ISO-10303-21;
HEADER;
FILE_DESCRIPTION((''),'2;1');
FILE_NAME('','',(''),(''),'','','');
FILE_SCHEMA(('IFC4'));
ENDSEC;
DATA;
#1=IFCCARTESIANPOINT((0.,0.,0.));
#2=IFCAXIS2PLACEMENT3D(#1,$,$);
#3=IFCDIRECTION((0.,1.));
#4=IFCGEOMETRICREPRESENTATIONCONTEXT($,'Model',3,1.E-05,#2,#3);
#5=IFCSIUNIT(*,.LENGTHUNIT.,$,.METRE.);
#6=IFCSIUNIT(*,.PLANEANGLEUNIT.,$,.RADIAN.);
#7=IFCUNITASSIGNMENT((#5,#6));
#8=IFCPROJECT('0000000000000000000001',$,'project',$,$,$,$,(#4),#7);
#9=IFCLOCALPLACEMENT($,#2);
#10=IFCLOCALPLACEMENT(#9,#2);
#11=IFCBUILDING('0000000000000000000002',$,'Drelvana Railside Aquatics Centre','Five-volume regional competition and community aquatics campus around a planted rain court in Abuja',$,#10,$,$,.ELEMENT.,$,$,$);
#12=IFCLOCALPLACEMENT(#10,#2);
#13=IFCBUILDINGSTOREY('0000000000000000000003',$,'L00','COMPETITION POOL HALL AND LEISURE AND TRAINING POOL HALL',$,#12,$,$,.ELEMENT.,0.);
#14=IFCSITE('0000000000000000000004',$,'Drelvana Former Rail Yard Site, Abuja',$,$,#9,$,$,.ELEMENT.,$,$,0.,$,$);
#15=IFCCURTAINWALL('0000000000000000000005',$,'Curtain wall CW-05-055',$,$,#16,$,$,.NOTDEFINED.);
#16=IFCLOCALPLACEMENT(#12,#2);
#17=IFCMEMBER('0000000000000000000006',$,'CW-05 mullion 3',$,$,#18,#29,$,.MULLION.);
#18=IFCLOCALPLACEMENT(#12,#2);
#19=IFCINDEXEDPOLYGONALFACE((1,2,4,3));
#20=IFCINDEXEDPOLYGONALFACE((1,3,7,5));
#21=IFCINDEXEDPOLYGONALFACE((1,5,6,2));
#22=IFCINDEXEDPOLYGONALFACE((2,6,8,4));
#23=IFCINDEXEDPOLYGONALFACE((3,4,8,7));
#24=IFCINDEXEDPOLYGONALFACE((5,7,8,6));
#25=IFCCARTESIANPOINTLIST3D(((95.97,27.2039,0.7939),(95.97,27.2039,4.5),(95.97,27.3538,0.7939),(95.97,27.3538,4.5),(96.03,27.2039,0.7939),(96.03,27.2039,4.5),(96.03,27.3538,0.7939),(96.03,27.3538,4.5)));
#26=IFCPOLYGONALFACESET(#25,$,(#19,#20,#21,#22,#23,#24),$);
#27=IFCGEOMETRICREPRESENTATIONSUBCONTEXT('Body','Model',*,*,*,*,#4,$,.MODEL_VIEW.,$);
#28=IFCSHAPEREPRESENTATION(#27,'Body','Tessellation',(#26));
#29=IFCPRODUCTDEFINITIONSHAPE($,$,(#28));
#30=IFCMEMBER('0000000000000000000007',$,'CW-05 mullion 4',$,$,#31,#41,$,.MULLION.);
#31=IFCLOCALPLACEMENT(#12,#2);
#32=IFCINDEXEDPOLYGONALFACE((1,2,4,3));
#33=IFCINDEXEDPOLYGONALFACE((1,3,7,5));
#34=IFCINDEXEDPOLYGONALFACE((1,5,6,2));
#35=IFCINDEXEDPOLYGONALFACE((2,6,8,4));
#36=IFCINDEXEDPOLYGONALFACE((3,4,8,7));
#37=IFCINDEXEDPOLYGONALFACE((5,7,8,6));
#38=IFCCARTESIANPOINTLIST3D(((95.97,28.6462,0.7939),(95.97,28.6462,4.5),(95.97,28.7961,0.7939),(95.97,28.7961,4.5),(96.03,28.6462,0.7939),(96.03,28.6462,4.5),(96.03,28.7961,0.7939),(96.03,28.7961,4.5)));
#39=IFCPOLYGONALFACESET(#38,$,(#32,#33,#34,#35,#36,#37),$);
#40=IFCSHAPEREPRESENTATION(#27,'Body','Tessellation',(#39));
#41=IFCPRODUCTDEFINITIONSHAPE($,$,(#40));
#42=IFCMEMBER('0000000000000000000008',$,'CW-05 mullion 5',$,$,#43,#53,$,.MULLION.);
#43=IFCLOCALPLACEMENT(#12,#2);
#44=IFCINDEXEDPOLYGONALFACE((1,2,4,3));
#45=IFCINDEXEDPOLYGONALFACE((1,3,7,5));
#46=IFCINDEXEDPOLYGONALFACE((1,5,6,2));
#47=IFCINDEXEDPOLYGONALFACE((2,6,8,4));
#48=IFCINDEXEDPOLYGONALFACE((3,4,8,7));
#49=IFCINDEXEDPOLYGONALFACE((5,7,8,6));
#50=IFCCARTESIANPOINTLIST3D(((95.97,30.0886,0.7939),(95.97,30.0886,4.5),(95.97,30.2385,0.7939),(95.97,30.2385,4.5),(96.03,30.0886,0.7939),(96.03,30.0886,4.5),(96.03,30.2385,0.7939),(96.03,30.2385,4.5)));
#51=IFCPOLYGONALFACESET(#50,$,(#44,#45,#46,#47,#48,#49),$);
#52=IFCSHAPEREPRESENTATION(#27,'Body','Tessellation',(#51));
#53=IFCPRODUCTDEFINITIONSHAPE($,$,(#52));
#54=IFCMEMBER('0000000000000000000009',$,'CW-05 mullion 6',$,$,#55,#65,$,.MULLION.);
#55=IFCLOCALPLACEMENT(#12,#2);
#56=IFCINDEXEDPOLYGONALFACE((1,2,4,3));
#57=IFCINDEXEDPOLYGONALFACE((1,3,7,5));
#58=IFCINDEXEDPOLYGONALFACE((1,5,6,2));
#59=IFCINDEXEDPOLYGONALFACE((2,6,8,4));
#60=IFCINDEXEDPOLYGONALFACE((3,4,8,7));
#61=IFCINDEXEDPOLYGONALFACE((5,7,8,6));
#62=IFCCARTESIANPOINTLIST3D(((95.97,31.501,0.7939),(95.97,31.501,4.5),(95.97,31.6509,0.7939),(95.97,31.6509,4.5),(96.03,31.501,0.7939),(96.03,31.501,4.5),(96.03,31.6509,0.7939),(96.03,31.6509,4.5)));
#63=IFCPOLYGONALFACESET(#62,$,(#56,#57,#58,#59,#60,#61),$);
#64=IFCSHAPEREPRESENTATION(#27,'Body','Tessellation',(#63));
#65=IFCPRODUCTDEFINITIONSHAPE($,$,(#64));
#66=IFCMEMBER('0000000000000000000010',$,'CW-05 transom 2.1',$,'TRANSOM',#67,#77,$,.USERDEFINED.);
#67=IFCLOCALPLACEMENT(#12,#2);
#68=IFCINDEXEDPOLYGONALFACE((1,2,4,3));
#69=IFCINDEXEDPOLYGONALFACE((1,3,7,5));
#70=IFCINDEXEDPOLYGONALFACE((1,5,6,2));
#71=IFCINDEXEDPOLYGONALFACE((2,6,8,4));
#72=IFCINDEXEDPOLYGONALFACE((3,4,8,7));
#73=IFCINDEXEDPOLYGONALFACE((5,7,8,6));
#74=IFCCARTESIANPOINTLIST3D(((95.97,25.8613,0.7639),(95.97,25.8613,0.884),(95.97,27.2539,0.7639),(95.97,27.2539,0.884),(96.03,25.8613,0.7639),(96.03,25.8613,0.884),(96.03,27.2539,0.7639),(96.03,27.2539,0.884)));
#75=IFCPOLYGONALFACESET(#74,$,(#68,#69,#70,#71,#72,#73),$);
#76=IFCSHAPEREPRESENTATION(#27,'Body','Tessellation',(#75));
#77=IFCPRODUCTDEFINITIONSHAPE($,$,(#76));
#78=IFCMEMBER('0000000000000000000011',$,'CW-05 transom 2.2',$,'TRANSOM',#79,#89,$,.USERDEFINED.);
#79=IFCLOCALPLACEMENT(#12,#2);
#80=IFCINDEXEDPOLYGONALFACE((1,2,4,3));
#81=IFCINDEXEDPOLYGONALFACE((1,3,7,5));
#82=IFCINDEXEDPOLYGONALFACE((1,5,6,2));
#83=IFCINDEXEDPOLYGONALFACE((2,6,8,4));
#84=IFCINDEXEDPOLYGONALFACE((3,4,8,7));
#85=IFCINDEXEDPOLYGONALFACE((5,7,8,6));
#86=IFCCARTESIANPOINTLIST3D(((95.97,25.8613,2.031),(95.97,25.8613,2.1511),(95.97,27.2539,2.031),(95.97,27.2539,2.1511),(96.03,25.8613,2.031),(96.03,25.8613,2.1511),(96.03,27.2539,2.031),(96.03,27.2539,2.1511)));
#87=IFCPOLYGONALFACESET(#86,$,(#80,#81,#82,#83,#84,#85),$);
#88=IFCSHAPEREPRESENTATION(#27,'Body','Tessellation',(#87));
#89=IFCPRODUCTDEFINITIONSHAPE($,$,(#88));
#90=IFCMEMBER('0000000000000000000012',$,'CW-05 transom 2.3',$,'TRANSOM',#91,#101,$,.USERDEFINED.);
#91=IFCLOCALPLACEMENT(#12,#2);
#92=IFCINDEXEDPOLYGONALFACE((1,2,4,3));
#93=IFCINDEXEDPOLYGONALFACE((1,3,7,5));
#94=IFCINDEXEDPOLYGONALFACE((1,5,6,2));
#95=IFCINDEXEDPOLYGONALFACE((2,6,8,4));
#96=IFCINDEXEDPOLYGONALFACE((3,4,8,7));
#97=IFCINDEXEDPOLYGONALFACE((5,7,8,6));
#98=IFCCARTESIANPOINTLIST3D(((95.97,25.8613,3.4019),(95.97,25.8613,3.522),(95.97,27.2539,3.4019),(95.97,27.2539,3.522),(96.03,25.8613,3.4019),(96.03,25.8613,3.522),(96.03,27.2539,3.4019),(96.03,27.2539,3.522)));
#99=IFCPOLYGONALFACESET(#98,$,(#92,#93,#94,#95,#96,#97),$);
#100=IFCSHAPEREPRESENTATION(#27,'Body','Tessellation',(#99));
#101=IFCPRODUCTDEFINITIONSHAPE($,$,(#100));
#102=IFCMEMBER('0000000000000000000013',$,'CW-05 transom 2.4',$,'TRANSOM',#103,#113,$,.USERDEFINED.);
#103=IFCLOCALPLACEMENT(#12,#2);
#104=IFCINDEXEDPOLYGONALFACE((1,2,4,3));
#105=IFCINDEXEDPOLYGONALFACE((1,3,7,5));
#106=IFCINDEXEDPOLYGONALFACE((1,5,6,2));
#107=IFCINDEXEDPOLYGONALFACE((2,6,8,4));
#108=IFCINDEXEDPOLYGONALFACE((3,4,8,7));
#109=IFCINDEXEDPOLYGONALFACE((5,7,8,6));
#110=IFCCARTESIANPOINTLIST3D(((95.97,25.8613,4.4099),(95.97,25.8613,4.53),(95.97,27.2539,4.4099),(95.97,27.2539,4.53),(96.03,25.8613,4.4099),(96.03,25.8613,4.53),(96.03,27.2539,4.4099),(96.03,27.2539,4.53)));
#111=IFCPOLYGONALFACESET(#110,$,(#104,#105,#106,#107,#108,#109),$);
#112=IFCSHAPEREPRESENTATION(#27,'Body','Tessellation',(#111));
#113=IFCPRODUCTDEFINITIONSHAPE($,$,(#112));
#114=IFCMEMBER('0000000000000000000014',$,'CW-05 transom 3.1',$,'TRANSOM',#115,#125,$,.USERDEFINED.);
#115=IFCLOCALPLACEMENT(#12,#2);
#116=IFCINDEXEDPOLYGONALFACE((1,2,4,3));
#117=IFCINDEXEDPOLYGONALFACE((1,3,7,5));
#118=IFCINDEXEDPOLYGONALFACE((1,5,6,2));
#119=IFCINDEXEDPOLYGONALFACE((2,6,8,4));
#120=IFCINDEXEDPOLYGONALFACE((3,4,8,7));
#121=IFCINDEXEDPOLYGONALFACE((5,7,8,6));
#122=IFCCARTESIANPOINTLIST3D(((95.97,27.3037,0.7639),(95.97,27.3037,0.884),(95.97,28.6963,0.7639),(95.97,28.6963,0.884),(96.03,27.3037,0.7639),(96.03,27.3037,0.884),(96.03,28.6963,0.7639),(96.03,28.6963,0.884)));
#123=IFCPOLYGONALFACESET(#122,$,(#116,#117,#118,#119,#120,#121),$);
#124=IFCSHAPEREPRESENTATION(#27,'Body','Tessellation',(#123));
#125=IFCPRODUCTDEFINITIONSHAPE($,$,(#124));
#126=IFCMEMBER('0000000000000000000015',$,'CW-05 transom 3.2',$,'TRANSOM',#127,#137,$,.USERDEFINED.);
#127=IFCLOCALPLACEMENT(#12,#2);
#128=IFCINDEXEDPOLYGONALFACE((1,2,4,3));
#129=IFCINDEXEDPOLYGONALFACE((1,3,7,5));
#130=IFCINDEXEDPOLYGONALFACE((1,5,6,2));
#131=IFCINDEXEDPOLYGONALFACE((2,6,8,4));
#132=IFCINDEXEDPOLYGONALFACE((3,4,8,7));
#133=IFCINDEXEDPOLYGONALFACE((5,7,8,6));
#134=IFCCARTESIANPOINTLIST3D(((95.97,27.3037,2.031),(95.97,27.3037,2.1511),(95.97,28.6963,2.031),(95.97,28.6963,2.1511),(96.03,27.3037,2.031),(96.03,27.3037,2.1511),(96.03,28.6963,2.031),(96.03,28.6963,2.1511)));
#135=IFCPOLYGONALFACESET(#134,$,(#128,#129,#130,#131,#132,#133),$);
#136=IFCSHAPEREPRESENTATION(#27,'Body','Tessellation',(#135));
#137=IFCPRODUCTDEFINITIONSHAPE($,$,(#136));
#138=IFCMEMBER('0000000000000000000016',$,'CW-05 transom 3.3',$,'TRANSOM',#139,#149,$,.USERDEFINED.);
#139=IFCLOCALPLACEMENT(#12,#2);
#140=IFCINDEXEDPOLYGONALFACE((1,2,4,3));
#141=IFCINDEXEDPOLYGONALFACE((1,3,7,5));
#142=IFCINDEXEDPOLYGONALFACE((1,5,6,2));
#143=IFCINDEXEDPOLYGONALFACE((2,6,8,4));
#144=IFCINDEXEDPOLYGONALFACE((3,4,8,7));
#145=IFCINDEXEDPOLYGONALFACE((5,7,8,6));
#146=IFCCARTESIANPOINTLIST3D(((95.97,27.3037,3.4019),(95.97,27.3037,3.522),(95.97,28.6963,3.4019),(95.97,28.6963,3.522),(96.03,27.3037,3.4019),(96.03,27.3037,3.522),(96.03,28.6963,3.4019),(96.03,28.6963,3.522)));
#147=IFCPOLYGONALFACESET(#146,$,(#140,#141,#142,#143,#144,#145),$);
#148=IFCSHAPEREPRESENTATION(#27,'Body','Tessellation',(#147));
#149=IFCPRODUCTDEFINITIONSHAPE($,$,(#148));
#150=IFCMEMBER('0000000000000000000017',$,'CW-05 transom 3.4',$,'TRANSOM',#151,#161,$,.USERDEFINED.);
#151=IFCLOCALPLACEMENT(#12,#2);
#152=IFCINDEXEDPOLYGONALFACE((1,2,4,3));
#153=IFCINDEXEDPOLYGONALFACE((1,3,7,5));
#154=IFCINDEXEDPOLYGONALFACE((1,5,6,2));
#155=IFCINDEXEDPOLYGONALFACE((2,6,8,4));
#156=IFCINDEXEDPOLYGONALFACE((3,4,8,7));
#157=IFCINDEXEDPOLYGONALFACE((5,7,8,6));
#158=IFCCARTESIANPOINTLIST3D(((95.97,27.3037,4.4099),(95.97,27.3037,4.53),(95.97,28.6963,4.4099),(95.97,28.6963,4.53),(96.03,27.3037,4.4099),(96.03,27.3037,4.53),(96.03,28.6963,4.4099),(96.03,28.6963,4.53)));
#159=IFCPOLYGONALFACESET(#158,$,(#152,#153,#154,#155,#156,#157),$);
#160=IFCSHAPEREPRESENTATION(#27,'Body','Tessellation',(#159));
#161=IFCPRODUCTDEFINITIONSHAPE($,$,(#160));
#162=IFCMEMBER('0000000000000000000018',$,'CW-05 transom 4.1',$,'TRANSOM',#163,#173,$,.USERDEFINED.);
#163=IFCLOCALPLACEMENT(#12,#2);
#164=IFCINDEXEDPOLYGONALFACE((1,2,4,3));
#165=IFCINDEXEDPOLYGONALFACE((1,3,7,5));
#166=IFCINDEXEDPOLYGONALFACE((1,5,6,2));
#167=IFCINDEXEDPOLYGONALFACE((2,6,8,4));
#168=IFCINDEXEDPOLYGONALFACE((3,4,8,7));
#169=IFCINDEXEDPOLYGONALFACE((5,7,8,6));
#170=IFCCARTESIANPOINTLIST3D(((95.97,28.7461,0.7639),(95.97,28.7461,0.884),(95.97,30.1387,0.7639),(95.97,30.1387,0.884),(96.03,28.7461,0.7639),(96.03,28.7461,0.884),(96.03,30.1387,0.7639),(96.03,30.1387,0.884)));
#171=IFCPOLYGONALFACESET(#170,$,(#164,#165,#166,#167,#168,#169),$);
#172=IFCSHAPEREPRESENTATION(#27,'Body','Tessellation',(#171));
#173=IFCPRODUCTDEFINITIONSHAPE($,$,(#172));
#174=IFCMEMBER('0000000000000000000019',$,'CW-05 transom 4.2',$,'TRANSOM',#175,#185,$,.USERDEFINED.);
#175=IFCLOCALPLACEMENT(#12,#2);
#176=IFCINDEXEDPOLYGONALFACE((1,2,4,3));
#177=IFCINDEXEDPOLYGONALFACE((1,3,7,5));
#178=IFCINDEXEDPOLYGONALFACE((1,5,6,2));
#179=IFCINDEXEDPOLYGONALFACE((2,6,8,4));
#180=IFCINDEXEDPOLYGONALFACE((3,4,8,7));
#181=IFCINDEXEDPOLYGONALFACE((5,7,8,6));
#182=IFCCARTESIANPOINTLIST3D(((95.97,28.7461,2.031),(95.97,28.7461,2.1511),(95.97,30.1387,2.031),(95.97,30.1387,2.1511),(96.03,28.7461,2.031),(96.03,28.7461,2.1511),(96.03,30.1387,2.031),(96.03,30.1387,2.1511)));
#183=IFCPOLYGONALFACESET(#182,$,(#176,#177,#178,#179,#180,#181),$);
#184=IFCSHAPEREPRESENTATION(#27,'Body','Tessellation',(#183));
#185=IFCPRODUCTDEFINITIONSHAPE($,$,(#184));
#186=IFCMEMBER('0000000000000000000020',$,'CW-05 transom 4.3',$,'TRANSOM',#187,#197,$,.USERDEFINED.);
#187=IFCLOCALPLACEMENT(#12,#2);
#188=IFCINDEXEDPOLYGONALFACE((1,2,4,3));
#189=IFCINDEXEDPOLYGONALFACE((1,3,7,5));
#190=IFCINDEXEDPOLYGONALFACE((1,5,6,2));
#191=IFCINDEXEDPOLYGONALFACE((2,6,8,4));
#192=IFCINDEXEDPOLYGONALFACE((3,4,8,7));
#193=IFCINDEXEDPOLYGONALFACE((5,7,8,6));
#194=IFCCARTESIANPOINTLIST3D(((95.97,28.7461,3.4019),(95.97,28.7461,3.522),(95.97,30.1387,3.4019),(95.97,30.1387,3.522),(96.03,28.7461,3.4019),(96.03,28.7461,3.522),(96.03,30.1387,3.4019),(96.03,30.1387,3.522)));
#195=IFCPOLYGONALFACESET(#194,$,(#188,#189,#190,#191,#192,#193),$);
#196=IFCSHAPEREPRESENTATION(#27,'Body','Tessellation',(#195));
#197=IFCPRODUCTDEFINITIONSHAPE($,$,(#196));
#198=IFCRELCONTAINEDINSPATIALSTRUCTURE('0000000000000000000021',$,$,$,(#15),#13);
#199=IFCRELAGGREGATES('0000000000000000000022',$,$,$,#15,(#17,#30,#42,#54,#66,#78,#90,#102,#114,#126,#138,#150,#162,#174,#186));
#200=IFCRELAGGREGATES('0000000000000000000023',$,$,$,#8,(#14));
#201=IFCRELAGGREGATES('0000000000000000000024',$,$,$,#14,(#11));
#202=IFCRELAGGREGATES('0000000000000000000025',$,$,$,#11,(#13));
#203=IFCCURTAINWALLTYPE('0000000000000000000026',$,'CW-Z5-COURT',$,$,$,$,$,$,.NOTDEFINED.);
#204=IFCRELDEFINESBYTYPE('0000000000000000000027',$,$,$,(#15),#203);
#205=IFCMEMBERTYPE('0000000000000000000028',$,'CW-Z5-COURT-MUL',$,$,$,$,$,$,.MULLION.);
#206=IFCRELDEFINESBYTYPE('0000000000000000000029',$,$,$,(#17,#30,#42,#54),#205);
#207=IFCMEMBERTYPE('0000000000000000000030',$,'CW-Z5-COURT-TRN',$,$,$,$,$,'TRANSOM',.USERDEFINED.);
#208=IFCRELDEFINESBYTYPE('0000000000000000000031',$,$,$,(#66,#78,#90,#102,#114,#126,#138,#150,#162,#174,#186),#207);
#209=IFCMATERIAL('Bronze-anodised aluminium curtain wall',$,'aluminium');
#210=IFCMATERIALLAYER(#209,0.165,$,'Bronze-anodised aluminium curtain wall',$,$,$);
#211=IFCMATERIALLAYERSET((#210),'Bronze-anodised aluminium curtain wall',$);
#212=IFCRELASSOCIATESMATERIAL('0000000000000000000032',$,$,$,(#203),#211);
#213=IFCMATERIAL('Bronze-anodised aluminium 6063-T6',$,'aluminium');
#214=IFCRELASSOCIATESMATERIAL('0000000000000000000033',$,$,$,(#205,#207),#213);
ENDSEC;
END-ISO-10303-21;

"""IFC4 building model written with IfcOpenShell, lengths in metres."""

from ifc_helpers import new_model, si_unit, direction, frame, origin, origin_2d, place, context, subcontext, project, spatial, rectangle, extrude, material, layer, layer_set, material_profile, profile_set, type_object, element, aggregate, save


model = new_model("IFC4")

# Units and contexts
model_context = context("Model", 3, precision=1e-05, world=origin(), true_north=direction((0.0, 1.0)))
body_context = subcontext(model_context, "Body", "Model", "MODEL_VIEW")
ifc_project = project(units=[si_unit("LENGTHUNIT", "METRE"), si_unit("PLANEANGLEUNIT", "RADIAN")], contexts=[model_context])

# Site, building, storey
site_placement = place(None, origin())
site = spatial("IfcSite", under=ifc_project, at=site_placement, Name="Drelvana Former Rail Yard Site, Abuja", CompositionType="ELEMENT", RefElevation=0.0)
building_placement = place(site_placement, origin())
building = spatial("IfcBuilding", under=site, at=building_placement, Name="Drelvana Railside Aquatics Centre", Description="Five-volume regional competition and community aquatics campus around a planted rain court in Abuja", CompositionType="ELEMENT")
storey_placement = place(building_placement, origin())
storey = spatial("IfcBuildingStorey", under=building, at=storey_placement, Name="L00", Description="COMPETITION POOL HALL AND LEISURE AND TRAINING POOL HALL", CompositionType="ELEMENT", Elevation=0.0)

# Curtain wall, members
ifc_material_1 = material(Name="Bronze-anodised aluminium curtain wall", Category="aluminium")
ifc_layer_1 = layer(ifc_material_1, 0.165, Name="Bronze-anodised aluminium curtain wall")
ifc_layer_set_1 = layer_set([ifc_layer_1], Name="Bronze-anodised aluminium curtain wall")
curtain_wall_type = type_object("IfcCurtainWallType", Name="CW-Z5-COURT", PredefinedType="NOTDEFINED", material=ifc_layer_set_1)
curtain_wall_placement = place(storey_placement, origin())
curtain_wall = element("IfcCurtainWall", 1, at=curtain_wall_placement, inside=storey, type_object=curtain_wall_type, Name="Curtain wall CW-05-055", PredefinedType="NOTDEFINED")
ifc_material_2 = material(Name="Bronze-anodised aluminium 6063-T6", Category="aluminium")
ifc_material_profile_1 = material_profile(ifc_material_2, rectangle(XDim=0.0601, YDim=0.1499, at=origin_2d()), Name="ALU-M 60x150")
ifc_profile_set_1 = profile_set([ifc_material_profile_1], Name="Bronze-anodised aluminium 6063-T6")
member_type_1 = type_object("IfcMemberType", Name="CW-Z5-COURT-MUL", PredefinedType="MULLION", material=ifc_profile_set_1)
member_1_placement = place(storey_placement, frame((96.0, 27.2788, 0.7939), z_axis=(0.0, 0.0, 1.0), x_axis=(-1.0, 0.0, 0.0)))
member_1 = element("IfcMember", 2, at=member_1_placement, type_object=member_type_1, Name="CW-05 mullion 3", PredefinedType="MULLION", context=body_context, shape_type="SweptSolid", body=[
    extrude(rectangle(XDim=0.0601, YDim=0.1499, at=origin_2d()), origin(), (0.0, 0.0, 1.0), 3.7061),
])
member_2_placement = place(storey_placement, frame((96.0, 28.7212, 0.7939), z_axis=(0.0, 0.0, 1.0), x_axis=(-1.0, 0.0, 0.0)))
member_2 = element("IfcMember", 3, at=member_2_placement, type_object=member_type_1, Name="CW-05 mullion 4", PredefinedType="MULLION", context=body_context, shape_type="SweptSolid", body=[
    extrude(rectangle(XDim=0.0601, YDim=0.1499, at=origin_2d()), origin(), (0.0, 0.0, 1.0), 3.7061),
])
member_3_placement = place(storey_placement, frame((96.0, 30.1636, 0.7939), z_axis=(0.0, 0.0, 1.0), x_axis=(-1.0, 0.0, 0.0)))
member_3 = element("IfcMember", 4, at=member_3_placement, type_object=member_type_1, Name="CW-05 mullion 5", PredefinedType="MULLION", context=body_context, shape_type="SweptSolid", body=[
    extrude(rectangle(XDim=0.0601, YDim=0.1499, at=origin_2d()), origin(), (0.0, 0.0, 1.0), 3.7061),
])
member_4_placement = place(storey_placement, frame((96.0, 31.5759, 0.7939), z_axis=(0.0, 0.0, 1.0), x_axis=(-1.0, 0.0, 0.0)))
member_4 = element("IfcMember", 5, at=member_4_placement, type_object=member_type_1, Name="CW-05 mullion 6", PredefinedType="MULLION", context=body_context, shape_type="SweptSolid", body=[
    extrude(rectangle(XDim=0.0601, YDim=0.1499, at=origin_2d()), origin(), (0.0, 0.0, 1.0), 3.7061),
])
ifc_material_profile_2 = material_profile(ifc_material_2, rectangle(XDim=0.1201, YDim=0.0601, at=origin_2d()), Name="ALU-T 60x120")
ifc_profile_set_2 = profile_set([ifc_material_profile_2], Name="Bronze-anodised aluminium 6063-T6")
member_type_2 = type_object("IfcMemberType", Name="CW-Z5-COURT-TRN", ElementType="TRANSOM", PredefinedType="USERDEFINED", material=ifc_profile_set_2)
member_5_placement = place(storey_placement, frame((96.0, 25.8613, 0.824), z_axis=(0.0, 1.0, 0.0), x_axis=(0.0, 0.0, 1.0)))
member_5 = element("IfcMember", 6, at=member_5_placement, type_object=member_type_2, Name="CW-05 transom 2.1", ObjectType="TRANSOM", PredefinedType="USERDEFINED", context=body_context, shape_type="SweptSolid", body=[
    extrude(rectangle(XDim=0.1201, YDim=0.0601, at=origin_2d()), origin(), (0.0, 0.0, 1.0), 1.3926),
])
member_6_placement = place(storey_placement, frame((96.0, 25.8613, 2.0911), z_axis=(0.0, 1.0, 0.0), x_axis=(0.0, 0.0, 1.0)))
member_6 = element("IfcMember", 7, at=member_6_placement, type_object=member_type_2, Name="CW-05 transom 2.2", ObjectType="TRANSOM", PredefinedType="USERDEFINED", context=body_context, shape_type="SweptSolid", body=[
    extrude(rectangle(XDim=0.1201, YDim=0.0601, at=origin_2d()), origin(), (0.0, 0.0, 1.0), 1.3926),
])
member_7_placement = place(storey_placement, frame((96.0, 25.8613, 3.4619), z_axis=(0.0, 1.0, 0.0), x_axis=(0.0, 0.0, 1.0)))
member_7 = element("IfcMember", 8, at=member_7_placement, type_object=member_type_2, Name="CW-05 transom 2.3", ObjectType="TRANSOM", PredefinedType="USERDEFINED", context=body_context, shape_type="SweptSolid", body=[
    extrude(rectangle(XDim=0.1201, YDim=0.0601, at=origin_2d()), origin(), (0.0, 0.0, 1.0), 1.3926),
])
member_8_placement = place(storey_placement, frame((96.0, 25.8613, 4.47), z_axis=(0.0, 1.0, 0.0), x_axis=(0.0, 0.0, 1.0)))
member_8 = element("IfcMember", 9, at=member_8_placement, type_object=member_type_2, Name="CW-05 transom 2.4", ObjectType="TRANSOM", PredefinedType="USERDEFINED", context=body_context, shape_type="SweptSolid", body=[
    extrude(rectangle(XDim=0.1201, YDim=0.0601, at=origin_2d()), origin(), (0.0, 0.0, 1.0), 1.3926),
])
member_9_placement = place(storey_placement, frame((96.0, 27.3037, 0.824), z_axis=(0.0, 1.0, 0.0), x_axis=(0.0, 0.0, 1.0)))
member_9 = element("IfcMember", 10, at=member_9_placement, type_object=member_type_2, Name="CW-05 transom 3.1", ObjectType="TRANSOM", PredefinedType="USERDEFINED", context=body_context, shape_type="SweptSolid", body=[
    extrude(rectangle(XDim=0.1201, YDim=0.0601, at=origin_2d()), origin(), (0.0, 0.0, 1.0), 1.3926),
])
member_10_placement = place(storey_placement, frame((96.0, 27.3037, 2.0911), z_axis=(0.0, 1.0, 0.0), x_axis=(0.0, 0.0, 1.0)))
member_10 = element("IfcMember", 11, at=member_10_placement, type_object=member_type_2, Name="CW-05 transom 3.2", ObjectType="TRANSOM", PredefinedType="USERDEFINED", context=body_context, shape_type="SweptSolid", body=[
    extrude(rectangle(XDim=0.1201, YDim=0.0601, at=origin_2d()), origin(), (0.0, 0.0, 1.0), 1.3926),
])
member_11_placement = place(storey_placement, frame((96.0, 27.3037, 3.4619), z_axis=(0.0, 1.0, 0.0), x_axis=(0.0, 0.0, 1.0)))
member_11 = element("IfcMember", 12, at=member_11_placement, type_object=member_type_2, Name="CW-05 transom 3.3", ObjectType="TRANSOM", PredefinedType="USERDEFINED", context=body_context, shape_type="SweptSolid", body=[
    extrude(rectangle(XDim=0.1201, YDim=0.0601, at=origin_2d()), origin(), (0.0, 0.0, 1.0), 1.3926),
])
member_12_placement = place(storey_placement, frame((96.0, 27.3037, 4.47), z_axis=(0.0, 1.0, 0.0), x_axis=(0.0, 0.0, 1.0)))
member_12 = element("IfcMember", 13, at=member_12_placement, type_object=member_type_2, Name="CW-05 transom 3.4", ObjectType="TRANSOM", PredefinedType="USERDEFINED", context=body_context, shape_type="SweptSolid", body=[
    extrude(rectangle(XDim=0.1201, YDim=0.0601, at=origin_2d()), origin(), (0.0, 0.0, 1.0), 1.3926),
])
member_13_placement = place(storey_placement, frame((96.0, 28.7461, 0.824), z_axis=(0.0, 1.0, 0.0), x_axis=(0.0, 0.0, 1.0)))
member_13 = element("IfcMember", 14, at=member_13_placement, type_object=member_type_2, Name="CW-05 transom 4.1", ObjectType="TRANSOM", PredefinedType="USERDEFINED", context=body_context, shape_type="SweptSolid", body=[
    extrude(rectangle(XDim=0.1201, YDim=0.0601, at=origin_2d()), origin(), (0.0, 0.0, 1.0), 1.3926),
])
member_14_placement = place(storey_placement, frame((96.0, 28.7461, 2.0911), z_axis=(0.0, 1.0, 0.0), x_axis=(0.0, 0.0, 1.0)))
member_14 = element("IfcMember", 15, at=member_14_placement, type_object=member_type_2, Name="CW-05 transom 4.2", ObjectType="TRANSOM", PredefinedType="USERDEFINED", context=body_context, shape_type="SweptSolid", body=[
    extrude(rectangle(XDim=0.1201, YDim=0.0601, at=origin_2d()), origin(), (0.0, 0.0, 1.0), 1.3926),
])
member_15_placement = place(storey_placement, frame((96.0, 28.7461, 3.4619), z_axis=(0.0, 1.0, 0.0), x_axis=(0.0, 0.0, 1.0)))
member_15 = element("IfcMember", 16, at=member_15_placement, type_object=member_type_2, Name="CW-05 transom 4.3", ObjectType="TRANSOM", PredefinedType="USERDEFINED", context=body_context, shape_type="SweptSolid", body=[
    extrude(rectangle(XDim=0.1201, YDim=0.0601, at=origin_2d()), origin(), (0.0, 0.0, 1.0), 1.3926),
])
aggregate(curtain_wall, [member_1, member_2, member_3, member_4, member_5, member_6, member_7, member_8, member_9, member_10, member_11, member_12, member_13, member_14, member_15])

save(model, "model.ifc")
